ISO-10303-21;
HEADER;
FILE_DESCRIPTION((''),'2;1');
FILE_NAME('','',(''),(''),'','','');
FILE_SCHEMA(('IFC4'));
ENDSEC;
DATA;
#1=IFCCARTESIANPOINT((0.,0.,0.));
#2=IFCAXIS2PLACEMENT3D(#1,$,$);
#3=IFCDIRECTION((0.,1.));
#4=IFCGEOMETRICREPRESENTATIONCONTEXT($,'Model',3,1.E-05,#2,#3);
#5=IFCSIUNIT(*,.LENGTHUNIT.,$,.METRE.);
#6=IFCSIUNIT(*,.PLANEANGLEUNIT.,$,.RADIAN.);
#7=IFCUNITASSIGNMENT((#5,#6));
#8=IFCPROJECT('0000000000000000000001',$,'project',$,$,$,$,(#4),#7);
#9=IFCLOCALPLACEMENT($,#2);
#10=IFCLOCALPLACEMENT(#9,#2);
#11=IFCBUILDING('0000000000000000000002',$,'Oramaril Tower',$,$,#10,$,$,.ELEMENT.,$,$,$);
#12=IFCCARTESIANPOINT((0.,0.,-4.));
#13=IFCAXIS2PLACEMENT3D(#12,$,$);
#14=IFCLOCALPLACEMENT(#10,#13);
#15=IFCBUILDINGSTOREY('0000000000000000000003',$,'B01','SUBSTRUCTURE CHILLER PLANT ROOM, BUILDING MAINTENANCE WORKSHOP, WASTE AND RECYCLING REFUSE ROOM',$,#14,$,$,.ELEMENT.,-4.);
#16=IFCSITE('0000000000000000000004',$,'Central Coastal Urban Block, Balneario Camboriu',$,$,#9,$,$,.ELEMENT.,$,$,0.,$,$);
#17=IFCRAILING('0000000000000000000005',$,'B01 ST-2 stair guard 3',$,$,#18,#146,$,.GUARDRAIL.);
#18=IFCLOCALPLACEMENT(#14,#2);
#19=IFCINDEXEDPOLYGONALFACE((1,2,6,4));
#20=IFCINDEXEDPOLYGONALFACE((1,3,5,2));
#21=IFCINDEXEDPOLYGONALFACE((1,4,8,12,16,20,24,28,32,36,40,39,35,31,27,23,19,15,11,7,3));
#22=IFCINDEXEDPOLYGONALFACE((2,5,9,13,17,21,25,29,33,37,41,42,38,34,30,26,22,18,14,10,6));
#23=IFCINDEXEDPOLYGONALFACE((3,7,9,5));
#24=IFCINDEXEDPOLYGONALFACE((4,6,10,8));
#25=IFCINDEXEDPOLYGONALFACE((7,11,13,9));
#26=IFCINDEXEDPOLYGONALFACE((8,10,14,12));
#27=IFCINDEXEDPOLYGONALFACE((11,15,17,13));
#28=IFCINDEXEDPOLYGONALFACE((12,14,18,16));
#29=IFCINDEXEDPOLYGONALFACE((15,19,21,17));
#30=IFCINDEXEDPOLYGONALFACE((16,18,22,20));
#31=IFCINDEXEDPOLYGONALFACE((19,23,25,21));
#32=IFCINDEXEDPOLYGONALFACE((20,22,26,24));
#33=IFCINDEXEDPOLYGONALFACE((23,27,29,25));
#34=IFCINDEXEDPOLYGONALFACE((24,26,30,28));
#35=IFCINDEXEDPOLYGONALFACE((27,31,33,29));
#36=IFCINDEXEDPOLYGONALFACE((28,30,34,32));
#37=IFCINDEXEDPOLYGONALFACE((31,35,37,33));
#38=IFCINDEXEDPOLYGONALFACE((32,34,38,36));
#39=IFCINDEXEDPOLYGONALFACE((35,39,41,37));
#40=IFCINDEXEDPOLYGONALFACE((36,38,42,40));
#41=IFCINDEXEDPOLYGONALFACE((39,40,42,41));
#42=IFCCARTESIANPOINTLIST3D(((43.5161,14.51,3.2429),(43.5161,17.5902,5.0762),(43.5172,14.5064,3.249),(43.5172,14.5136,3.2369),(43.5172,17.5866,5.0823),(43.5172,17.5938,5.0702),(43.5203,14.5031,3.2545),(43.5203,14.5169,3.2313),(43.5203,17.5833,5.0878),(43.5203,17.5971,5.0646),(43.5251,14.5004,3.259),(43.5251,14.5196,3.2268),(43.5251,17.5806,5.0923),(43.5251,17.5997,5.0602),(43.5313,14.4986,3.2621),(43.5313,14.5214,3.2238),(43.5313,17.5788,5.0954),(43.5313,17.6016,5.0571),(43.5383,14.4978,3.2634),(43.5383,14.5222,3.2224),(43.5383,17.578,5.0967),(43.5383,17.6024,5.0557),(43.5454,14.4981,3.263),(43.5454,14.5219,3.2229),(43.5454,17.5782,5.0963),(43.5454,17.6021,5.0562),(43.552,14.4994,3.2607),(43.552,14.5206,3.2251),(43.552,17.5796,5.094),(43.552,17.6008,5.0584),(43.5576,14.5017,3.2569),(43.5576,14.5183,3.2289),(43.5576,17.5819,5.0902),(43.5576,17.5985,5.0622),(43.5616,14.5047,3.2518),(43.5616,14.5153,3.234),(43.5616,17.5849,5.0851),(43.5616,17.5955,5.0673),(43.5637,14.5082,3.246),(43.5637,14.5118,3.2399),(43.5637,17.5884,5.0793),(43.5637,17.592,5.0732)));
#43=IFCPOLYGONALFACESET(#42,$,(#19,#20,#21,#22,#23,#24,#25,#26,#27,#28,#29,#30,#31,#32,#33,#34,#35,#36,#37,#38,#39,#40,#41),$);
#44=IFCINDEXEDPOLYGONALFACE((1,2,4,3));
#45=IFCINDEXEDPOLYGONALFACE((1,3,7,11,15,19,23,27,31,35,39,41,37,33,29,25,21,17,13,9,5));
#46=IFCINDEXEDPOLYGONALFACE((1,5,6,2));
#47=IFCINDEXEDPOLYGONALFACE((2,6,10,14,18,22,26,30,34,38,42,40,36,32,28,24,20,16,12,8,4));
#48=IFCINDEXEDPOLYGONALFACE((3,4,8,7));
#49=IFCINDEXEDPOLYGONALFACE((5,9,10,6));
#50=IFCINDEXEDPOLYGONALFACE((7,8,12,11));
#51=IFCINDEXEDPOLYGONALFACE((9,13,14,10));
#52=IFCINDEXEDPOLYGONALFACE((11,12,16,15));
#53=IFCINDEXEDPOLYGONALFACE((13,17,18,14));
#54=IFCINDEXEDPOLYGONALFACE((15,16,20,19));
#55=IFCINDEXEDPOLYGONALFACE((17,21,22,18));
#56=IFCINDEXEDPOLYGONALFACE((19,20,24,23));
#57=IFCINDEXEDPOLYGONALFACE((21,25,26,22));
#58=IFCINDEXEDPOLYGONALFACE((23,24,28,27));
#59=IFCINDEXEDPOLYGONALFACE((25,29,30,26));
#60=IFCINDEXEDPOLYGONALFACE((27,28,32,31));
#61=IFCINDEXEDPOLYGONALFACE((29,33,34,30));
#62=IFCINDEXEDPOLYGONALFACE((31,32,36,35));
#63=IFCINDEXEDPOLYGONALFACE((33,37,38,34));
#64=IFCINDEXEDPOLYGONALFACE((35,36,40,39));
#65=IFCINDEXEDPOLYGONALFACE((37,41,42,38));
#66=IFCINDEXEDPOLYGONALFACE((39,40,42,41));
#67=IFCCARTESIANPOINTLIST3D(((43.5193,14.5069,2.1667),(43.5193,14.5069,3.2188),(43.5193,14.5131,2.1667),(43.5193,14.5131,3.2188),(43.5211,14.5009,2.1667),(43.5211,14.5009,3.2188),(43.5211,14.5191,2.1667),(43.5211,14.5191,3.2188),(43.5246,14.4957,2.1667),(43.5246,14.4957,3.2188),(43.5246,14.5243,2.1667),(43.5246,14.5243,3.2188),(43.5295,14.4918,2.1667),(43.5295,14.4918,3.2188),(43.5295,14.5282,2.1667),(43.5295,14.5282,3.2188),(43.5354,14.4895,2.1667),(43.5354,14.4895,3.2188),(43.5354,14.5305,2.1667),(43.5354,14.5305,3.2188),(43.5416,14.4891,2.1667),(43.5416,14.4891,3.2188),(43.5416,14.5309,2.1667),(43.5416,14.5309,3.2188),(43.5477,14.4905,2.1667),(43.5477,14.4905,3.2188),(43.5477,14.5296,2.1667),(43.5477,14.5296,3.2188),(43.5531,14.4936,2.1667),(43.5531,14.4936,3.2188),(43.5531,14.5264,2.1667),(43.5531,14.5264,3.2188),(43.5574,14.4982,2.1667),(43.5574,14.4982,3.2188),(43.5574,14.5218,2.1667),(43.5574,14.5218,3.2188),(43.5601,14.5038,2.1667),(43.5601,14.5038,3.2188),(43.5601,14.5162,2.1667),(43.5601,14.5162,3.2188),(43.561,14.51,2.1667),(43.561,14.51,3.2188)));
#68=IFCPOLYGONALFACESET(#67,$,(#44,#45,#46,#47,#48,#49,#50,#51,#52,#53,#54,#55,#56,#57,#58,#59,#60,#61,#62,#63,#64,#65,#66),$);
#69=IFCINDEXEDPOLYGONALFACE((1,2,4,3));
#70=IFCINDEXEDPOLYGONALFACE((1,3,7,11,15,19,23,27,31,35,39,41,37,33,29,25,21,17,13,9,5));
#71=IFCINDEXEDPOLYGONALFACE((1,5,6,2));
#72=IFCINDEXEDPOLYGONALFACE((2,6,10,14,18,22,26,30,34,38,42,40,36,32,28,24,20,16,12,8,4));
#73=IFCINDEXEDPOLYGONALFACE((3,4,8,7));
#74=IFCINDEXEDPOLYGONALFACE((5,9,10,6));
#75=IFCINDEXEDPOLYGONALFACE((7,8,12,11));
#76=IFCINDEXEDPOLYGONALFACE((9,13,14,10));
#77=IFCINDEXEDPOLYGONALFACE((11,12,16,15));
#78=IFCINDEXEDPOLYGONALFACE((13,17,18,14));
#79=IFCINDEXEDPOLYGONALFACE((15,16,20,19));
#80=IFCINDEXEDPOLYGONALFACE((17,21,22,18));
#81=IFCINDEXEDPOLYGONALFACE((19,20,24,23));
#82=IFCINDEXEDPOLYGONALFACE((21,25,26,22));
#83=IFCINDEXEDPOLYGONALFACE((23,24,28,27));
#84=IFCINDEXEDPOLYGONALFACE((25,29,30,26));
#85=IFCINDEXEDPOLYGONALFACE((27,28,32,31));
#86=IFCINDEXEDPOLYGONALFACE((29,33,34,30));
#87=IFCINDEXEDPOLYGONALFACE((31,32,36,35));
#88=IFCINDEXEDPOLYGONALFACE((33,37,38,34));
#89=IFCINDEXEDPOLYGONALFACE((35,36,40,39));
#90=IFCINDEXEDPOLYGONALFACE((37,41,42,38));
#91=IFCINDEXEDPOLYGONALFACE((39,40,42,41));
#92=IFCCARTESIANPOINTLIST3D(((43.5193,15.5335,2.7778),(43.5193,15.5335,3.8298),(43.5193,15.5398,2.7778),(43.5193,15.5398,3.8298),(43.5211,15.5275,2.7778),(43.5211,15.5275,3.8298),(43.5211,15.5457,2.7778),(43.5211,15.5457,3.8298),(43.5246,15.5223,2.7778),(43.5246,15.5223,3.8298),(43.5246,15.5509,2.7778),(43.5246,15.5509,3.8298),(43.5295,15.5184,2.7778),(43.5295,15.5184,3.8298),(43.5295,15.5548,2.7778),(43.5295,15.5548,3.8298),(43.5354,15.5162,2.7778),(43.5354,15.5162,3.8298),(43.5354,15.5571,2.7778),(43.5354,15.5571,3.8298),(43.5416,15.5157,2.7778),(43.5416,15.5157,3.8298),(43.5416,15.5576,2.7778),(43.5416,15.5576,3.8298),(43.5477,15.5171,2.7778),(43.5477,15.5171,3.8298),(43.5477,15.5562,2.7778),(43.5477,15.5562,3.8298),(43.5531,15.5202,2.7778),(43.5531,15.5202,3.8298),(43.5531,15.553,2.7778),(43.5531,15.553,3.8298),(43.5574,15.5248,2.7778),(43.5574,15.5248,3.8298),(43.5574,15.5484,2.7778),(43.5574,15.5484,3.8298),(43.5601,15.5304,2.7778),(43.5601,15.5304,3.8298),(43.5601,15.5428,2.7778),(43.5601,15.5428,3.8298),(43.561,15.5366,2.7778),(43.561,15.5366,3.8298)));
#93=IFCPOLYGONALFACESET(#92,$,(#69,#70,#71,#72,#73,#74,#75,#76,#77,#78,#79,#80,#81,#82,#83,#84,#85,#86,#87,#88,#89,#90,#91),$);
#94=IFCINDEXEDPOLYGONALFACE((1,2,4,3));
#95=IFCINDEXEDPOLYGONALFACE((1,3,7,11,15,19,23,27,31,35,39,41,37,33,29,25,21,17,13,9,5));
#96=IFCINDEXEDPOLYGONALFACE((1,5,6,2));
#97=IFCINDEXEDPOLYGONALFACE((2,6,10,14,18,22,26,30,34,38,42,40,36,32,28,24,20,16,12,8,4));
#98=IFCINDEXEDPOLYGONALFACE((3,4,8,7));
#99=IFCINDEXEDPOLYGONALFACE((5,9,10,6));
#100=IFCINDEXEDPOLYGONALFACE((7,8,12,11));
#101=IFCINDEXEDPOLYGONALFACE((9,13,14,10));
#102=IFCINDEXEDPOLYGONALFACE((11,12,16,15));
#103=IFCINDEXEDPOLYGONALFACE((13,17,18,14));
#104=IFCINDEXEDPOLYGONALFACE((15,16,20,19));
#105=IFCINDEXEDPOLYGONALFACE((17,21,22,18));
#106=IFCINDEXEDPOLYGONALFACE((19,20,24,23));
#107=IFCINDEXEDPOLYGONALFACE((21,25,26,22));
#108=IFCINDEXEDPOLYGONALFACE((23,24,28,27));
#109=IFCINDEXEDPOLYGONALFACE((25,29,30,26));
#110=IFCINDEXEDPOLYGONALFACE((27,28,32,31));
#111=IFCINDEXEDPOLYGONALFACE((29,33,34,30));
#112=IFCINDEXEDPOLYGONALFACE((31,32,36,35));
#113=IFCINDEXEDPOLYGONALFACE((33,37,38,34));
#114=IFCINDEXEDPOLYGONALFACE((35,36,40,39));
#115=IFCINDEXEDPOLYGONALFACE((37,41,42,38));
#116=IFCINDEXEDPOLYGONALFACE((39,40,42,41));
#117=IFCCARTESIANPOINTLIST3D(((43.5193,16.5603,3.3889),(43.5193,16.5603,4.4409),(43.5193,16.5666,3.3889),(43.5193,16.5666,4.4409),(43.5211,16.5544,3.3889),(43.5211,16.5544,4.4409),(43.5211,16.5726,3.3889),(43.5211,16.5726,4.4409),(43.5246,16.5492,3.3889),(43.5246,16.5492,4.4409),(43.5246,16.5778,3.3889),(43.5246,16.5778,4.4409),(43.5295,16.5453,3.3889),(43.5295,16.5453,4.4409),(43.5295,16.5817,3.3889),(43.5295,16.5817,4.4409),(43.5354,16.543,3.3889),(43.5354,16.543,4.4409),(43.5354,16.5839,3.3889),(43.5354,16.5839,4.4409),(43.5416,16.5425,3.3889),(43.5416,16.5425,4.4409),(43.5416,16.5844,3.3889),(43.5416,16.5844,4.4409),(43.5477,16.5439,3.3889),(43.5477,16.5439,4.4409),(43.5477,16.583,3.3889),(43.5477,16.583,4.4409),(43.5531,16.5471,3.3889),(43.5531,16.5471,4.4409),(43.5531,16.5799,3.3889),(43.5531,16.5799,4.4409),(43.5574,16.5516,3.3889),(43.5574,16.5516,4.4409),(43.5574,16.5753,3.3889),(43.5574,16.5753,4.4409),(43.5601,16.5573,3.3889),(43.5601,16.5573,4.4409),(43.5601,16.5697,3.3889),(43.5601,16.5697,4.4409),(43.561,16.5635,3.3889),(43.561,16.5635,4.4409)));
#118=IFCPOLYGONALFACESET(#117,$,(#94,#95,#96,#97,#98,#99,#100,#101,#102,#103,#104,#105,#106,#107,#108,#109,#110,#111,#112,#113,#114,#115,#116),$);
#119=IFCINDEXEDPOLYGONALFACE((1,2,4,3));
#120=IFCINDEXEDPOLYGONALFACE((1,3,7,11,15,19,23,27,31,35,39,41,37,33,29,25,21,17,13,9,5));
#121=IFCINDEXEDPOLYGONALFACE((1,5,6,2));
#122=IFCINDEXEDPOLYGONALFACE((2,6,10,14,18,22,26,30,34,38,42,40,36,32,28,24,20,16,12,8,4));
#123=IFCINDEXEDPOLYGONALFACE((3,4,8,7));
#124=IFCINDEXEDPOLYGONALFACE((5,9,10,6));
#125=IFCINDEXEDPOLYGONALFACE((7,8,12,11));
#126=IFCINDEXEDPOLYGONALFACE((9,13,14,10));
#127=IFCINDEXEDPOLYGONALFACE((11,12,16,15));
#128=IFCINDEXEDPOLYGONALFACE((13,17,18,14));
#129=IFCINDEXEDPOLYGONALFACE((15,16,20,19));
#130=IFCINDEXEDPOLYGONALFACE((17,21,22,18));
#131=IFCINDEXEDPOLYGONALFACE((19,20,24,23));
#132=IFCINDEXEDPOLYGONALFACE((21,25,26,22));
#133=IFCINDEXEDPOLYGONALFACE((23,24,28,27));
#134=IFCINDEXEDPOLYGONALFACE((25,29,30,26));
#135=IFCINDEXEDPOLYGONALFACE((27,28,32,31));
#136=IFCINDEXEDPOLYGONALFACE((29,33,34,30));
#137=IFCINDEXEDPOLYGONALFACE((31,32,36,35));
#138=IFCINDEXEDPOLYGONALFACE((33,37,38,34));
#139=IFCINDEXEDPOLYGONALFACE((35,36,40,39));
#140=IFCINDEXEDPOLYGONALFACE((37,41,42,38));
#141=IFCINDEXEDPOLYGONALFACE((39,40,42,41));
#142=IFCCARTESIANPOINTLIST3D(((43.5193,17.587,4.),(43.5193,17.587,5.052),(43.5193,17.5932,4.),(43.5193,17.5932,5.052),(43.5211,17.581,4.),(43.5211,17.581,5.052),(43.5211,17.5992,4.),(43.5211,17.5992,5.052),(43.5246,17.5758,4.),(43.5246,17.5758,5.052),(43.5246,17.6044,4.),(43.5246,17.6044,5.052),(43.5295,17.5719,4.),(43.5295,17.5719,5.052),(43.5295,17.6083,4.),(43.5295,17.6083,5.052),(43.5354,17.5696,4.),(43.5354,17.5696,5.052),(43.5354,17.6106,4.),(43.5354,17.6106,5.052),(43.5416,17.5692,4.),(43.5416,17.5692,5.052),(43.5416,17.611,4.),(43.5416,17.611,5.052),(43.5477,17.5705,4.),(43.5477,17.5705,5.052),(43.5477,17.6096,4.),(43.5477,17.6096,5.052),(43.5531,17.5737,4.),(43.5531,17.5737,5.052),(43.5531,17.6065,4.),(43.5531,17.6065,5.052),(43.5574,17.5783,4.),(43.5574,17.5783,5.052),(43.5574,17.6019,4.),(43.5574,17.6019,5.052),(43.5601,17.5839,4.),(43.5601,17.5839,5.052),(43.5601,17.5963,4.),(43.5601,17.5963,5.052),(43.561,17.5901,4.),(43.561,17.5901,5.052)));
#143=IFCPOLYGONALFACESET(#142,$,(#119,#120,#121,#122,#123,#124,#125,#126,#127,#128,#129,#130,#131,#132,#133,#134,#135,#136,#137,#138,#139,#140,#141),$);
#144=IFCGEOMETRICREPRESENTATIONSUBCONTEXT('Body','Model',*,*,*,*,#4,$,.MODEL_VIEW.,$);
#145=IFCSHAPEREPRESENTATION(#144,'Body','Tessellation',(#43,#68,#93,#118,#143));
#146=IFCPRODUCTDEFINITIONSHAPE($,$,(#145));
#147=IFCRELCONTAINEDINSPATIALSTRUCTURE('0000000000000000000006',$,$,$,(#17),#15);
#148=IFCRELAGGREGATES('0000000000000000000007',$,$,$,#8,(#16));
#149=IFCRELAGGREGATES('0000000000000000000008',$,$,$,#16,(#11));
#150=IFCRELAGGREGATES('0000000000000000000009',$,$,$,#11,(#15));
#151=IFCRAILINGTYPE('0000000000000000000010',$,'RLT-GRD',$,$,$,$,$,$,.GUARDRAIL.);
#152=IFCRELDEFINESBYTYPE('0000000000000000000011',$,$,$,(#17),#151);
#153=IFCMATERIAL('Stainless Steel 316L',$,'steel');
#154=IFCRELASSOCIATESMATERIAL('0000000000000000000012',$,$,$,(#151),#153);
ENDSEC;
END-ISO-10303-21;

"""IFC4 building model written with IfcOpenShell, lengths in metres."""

from ifc_helpers import new_model, si_unit, direction, frame, origin, origin_2d, place, context, subcontext, project, spatial, circle, extrude, material, type_object, element, save


model = new_model("IFC4")

# Units and contexts
model_context = context("Model", 3, precision=1e-05, world=origin(), true_north=direction((0.0, 1.0)))
body_context = subcontext(model_context, "Body", "Model", "MODEL_VIEW")
ifc_project = project(units=[si_unit("LENGTHUNIT", "METRE"), si_unit("PLANEANGLEUNIT", "RADIAN")], contexts=[model_context])

# Site, building, storey
site_placement = place(None, origin())
site = spatial("IfcSite", under=ifc_project, at=site_placement, Name="Central Coastal Urban Block, Balneario Camboriu", CompositionType="ELEMENT", RefElevation=0.0)
building_placement = place(site_placement, origin())
building = spatial("IfcBuilding", under=site, at=building_placement, Name="Oramaril Tower", CompositionType="ELEMENT")
storey_placement = place(building_placement, frame((0.0, 0.0, -4.0)))
storey = spatial("IfcBuildingStorey", under=building, at=storey_placement, Name="B01", Description="SUBSTRUCTURE CHILLER PLANT ROOM, BUILDING MAINTENANCE WORKSHOP, WASTE AND RECYCLING REFUSE ROOM", CompositionType="ELEMENT", Elevation=-4.0)

# Railing
ifc_material_1 = material(Name="Stainless Steel 316L", Category="steel")
railing_type_1 = type_object("IfcRailingType", Name="RLT-GRD", PredefinedType="GUARDRAIL", material=ifc_material_1)
railing_1_placement = place(storey_placement, frame((43.54, 14.51, 2.1667)))
element("IfcRailing", 1, at=railing_1_placement, inside=storey, type_object=railing_type_1, Name="B01 ST-2 stair guard 3", PredefinedType="GUARDRAIL", context=body_context, shape_type="SweptSolid", body=[
    extrude(circle(Radius=0.0239, at=origin_2d()), frame((0.0, 0.0, 1.0762), z_axis=(0.0, 0.859309, 0.511458), x_axis=(-1.0, 0.0, 0.0)), (0.0, 0.0, 1.0), 3.5845),
    extrude(circle(Radius=0.021, at=origin_2d()), origin(), (0.0, 0.0, 1.0), 1.052),
    extrude(circle(Radius=0.021, at=origin_2d()), frame((0.0, 1.0266, 0.6111)), (0.0, 0.0, 1.0), 1.052),
    extrude(circle(Radius=0.021, at=origin_2d()), frame((0.0, 2.0535, 1.2222)), (0.0, 0.0, 1.0), 1.052),
    extrude(circle(Radius=0.021, at=origin_2d()), frame((0.0, 3.0801, 1.8333)), (0.0, 0.0, 1.0), 1.052),
])

save(model, "model.ifc")
